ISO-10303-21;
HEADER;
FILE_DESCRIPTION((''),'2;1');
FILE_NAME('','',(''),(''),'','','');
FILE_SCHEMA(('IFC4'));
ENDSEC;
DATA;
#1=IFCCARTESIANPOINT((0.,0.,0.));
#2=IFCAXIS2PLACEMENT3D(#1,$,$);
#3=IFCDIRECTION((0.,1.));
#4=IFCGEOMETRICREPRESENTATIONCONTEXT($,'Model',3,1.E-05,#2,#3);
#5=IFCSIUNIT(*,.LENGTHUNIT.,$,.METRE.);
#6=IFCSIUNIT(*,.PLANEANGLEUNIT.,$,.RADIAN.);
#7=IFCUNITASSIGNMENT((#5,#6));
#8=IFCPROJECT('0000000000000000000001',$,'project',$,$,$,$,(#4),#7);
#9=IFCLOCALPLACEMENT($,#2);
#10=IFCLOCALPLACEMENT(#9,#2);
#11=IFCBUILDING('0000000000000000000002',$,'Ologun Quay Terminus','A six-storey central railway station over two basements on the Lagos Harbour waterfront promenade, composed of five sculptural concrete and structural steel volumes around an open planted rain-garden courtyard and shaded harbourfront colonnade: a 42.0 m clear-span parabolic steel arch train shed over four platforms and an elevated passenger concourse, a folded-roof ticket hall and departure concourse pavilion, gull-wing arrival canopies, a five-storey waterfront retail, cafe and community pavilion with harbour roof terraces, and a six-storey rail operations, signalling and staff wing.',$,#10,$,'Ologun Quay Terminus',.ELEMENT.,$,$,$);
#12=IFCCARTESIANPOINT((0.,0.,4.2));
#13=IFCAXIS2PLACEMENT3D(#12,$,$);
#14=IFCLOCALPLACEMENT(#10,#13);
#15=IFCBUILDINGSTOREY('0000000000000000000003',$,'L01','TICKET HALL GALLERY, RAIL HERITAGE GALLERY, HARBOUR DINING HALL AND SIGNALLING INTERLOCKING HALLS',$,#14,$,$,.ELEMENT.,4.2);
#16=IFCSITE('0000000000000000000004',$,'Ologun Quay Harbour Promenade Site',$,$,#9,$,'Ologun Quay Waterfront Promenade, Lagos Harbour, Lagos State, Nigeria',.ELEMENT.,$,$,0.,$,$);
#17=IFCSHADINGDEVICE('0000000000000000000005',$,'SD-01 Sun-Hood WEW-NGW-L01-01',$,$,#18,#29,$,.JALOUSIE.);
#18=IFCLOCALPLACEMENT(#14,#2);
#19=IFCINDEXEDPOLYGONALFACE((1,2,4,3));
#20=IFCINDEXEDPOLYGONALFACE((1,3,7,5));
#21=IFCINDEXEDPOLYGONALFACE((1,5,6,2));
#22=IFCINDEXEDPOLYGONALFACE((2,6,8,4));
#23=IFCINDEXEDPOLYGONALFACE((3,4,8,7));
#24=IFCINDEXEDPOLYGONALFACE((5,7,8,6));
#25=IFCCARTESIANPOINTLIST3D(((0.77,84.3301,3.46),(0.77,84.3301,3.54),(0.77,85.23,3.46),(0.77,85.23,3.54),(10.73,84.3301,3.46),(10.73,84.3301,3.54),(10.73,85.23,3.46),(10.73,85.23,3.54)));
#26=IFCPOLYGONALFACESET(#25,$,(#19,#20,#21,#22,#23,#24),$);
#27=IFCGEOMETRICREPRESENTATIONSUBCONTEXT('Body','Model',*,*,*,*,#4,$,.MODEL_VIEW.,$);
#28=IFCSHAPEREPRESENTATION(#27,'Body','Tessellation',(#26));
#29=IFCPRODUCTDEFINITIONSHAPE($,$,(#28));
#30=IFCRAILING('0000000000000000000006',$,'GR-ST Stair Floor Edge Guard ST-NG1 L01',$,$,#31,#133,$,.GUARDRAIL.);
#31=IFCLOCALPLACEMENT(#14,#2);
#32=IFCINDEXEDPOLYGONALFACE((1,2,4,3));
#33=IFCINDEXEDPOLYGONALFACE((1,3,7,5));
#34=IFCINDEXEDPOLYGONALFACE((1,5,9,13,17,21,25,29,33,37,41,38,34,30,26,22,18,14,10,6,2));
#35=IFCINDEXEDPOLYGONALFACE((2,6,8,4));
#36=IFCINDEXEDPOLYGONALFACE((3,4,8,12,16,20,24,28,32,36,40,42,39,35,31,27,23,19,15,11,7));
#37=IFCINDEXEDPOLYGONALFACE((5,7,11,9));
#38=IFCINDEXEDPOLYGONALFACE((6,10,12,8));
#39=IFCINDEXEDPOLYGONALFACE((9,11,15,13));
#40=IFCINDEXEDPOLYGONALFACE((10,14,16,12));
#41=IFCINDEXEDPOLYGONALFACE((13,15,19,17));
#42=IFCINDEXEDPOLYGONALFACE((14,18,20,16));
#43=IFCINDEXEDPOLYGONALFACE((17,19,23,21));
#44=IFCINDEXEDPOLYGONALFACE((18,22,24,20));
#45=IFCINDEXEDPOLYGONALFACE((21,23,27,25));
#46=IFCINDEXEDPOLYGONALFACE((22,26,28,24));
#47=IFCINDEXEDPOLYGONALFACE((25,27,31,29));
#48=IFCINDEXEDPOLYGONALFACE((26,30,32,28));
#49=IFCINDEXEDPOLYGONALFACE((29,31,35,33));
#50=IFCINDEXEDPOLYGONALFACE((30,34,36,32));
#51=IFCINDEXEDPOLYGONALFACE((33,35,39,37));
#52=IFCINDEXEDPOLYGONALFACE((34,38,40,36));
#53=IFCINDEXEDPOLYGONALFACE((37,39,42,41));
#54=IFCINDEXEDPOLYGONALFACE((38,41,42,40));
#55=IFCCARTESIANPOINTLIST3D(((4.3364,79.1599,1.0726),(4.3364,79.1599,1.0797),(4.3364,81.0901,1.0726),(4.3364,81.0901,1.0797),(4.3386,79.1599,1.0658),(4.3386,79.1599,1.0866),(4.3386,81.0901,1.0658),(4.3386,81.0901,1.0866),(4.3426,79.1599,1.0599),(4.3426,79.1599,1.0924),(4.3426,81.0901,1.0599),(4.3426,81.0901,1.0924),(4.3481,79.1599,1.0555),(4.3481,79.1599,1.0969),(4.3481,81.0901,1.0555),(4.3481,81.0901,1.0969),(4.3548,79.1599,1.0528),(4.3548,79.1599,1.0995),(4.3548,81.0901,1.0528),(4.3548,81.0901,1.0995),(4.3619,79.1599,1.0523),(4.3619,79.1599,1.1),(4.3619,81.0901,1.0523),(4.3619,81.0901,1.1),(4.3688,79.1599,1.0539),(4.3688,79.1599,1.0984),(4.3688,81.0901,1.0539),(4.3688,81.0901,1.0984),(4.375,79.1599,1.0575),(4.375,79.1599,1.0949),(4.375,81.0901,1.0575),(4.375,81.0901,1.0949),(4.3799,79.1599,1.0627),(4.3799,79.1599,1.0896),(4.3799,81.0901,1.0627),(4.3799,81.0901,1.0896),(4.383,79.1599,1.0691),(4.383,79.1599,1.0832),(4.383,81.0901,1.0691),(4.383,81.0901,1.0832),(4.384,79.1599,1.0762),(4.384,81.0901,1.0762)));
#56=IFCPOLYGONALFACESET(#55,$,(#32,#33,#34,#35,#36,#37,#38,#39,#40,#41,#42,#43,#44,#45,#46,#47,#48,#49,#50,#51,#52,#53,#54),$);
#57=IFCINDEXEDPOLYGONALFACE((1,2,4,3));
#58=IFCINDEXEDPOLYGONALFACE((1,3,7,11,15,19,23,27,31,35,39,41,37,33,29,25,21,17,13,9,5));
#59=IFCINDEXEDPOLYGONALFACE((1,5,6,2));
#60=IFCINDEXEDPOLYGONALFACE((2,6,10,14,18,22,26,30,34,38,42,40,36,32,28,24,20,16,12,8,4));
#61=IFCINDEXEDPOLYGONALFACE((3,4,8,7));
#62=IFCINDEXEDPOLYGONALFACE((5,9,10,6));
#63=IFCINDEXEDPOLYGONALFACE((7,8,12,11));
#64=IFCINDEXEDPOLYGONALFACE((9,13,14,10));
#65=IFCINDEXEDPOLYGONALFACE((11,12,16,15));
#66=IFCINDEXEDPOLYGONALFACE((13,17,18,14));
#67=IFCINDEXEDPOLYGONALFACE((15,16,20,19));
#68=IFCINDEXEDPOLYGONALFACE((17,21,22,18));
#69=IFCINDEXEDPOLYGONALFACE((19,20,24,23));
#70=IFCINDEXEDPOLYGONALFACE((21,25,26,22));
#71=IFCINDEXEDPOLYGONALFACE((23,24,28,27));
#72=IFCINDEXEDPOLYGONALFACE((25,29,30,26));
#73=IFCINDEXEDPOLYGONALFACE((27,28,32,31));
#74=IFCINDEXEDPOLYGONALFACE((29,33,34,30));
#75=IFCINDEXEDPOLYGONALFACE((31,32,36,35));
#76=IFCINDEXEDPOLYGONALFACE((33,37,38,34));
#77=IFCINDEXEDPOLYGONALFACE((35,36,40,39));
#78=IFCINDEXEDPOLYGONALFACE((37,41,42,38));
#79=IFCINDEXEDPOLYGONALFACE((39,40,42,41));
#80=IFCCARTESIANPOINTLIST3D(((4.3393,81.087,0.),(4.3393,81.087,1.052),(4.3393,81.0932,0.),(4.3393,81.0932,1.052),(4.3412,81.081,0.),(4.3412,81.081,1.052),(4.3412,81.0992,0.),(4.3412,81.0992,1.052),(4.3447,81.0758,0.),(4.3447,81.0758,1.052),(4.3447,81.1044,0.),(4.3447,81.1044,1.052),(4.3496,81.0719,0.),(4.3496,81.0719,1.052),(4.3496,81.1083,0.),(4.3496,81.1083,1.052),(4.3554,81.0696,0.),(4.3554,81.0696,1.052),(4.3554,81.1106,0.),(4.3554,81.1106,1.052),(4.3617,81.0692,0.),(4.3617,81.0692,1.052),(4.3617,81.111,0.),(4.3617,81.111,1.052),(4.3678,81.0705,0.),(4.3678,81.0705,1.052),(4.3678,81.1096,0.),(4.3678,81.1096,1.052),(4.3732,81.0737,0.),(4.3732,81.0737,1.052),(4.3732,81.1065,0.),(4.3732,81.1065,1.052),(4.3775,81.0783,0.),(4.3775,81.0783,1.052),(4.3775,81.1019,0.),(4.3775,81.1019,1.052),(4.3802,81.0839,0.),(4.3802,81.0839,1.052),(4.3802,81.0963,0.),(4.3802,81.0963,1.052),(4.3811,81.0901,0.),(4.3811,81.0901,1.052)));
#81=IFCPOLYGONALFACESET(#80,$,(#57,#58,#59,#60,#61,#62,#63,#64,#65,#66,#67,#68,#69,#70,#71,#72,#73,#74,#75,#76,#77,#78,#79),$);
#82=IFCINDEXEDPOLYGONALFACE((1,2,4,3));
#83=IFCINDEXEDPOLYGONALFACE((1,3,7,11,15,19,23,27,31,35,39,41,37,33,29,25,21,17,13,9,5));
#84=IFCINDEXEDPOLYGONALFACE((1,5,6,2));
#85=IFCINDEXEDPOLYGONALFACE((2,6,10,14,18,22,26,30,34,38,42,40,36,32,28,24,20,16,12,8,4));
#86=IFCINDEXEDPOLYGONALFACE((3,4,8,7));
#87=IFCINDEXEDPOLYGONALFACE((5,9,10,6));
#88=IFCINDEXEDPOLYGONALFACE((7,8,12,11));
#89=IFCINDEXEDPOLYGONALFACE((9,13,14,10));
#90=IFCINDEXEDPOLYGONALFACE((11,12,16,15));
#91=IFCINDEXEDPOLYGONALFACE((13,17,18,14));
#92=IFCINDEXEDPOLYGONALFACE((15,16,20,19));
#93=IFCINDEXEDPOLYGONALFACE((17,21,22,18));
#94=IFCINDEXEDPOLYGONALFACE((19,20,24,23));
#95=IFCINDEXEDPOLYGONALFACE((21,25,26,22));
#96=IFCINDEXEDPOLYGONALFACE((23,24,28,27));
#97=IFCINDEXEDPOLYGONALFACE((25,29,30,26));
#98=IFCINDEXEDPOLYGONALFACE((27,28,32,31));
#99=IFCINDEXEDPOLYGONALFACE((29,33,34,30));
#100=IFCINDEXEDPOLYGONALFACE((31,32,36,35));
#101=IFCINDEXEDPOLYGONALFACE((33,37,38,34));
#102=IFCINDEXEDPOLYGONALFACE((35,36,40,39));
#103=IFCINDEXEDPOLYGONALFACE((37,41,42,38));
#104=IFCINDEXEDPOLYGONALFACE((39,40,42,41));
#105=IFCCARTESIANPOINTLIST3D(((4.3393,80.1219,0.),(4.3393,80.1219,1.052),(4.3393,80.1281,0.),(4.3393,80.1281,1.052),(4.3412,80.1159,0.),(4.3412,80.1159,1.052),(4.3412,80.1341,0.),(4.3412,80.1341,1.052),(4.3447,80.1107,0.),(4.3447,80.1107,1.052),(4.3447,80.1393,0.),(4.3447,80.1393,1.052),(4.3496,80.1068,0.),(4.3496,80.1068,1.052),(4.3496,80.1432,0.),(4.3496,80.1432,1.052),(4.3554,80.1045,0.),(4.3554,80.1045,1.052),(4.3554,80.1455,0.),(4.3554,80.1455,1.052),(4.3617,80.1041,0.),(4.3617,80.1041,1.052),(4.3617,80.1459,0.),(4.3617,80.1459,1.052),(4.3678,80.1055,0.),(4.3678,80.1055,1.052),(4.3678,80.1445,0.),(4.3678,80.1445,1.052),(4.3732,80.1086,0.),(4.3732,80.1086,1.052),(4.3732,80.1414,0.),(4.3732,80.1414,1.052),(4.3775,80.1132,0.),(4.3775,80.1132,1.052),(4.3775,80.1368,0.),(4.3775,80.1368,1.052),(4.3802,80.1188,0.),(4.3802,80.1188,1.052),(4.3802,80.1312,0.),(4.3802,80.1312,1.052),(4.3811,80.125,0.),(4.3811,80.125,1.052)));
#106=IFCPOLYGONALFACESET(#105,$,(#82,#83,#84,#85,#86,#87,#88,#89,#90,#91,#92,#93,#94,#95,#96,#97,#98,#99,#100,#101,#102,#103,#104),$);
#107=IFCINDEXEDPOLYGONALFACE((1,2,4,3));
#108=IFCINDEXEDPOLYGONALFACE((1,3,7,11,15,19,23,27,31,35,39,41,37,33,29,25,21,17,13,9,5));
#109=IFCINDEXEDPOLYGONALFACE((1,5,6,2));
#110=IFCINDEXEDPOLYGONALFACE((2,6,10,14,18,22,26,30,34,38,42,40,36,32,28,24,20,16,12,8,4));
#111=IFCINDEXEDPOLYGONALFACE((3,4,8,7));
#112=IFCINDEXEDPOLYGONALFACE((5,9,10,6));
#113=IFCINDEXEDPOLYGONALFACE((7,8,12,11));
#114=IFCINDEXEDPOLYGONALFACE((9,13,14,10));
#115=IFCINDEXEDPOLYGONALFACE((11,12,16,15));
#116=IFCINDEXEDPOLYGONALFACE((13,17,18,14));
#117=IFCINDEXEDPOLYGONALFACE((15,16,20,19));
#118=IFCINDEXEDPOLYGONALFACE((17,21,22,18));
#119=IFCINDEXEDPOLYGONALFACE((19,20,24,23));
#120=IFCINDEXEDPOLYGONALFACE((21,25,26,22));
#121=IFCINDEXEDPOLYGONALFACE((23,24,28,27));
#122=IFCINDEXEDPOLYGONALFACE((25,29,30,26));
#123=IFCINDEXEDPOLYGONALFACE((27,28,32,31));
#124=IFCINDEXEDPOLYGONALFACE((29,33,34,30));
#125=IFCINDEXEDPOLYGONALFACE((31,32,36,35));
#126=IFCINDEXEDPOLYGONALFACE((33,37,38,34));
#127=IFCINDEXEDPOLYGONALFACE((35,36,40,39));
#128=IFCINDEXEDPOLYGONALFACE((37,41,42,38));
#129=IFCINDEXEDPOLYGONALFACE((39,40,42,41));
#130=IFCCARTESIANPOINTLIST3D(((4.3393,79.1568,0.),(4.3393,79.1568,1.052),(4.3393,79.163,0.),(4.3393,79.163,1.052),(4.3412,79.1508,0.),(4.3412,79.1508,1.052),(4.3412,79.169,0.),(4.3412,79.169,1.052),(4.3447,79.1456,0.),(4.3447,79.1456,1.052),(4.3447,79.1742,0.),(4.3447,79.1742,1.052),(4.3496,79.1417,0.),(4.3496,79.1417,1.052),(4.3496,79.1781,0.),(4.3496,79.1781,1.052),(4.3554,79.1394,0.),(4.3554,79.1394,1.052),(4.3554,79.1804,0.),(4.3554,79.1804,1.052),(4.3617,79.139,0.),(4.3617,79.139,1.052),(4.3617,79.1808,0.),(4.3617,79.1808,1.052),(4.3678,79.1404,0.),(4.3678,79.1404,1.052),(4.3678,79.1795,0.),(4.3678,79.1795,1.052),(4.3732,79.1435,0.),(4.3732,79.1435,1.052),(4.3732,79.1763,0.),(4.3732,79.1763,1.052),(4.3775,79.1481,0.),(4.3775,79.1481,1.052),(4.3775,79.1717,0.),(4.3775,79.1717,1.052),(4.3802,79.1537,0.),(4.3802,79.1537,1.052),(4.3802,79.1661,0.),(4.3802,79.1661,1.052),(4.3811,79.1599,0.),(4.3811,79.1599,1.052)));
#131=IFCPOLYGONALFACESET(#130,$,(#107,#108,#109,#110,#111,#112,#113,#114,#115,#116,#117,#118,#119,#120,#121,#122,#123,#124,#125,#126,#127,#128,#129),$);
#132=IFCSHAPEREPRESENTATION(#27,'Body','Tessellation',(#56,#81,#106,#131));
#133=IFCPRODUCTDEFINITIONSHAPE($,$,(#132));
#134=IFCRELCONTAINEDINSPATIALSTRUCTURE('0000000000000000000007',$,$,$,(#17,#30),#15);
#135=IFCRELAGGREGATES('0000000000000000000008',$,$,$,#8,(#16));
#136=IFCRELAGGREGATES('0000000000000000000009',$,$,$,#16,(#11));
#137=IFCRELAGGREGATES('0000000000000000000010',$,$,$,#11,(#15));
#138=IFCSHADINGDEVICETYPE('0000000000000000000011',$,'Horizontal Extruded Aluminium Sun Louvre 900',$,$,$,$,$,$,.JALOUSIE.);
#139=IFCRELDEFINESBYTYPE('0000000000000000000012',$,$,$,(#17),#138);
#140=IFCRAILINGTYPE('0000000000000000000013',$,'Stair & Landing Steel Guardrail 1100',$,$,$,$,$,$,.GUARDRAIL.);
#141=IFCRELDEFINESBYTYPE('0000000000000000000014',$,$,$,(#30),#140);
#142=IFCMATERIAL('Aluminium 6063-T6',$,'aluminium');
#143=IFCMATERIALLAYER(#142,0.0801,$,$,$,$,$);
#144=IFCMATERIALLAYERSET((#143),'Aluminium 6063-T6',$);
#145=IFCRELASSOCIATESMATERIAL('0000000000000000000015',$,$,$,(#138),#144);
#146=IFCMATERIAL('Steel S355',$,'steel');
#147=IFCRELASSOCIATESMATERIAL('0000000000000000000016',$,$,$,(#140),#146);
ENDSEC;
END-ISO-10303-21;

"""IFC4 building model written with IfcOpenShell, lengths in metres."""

from ifc_helpers import new_model, si_unit, direction, frame, origin, origin_2d, place, context, subcontext, project, spatial, rectangle, circle, extrude, material, layer, layer_set, type_object, element, save


model = new_model("IFC4")

# Units and contexts
model_context = context("Model", 3, precision=1e-05, world=origin(), true_north=direction((0.0, 1.0)))
body_context = subcontext(model_context, "Body", "Model", "MODEL_VIEW")
ifc_project = project(units=[si_unit("LENGTHUNIT", "METRE"), si_unit("PLANEANGLEUNIT", "RADIAN")], contexts=[model_context])

# Site, building, storey
site_placement = place(None, origin())
site = spatial("IfcSite", under=ifc_project, at=site_placement, Name="Ologun Quay Harbour Promenade Site", LongName="Ologun Quay Waterfront Promenade, Lagos Harbour, Lagos State, Nigeria", CompositionType="ELEMENT", RefElevation=0.0)
building_placement = place(site_placement, origin())
building = spatial("IfcBuilding", under=site, at=building_placement, Name="Ologun Quay Terminus", Description="A six-storey central railway station over two basements on the Lagos Harbour waterfront promenade, composed of five sculptural concrete and structural steel volumes around an open planted rain-garden courtyard and shaded harbourfront colonnade: a 42.0 m clear-span parabolic steel arch train shed over four platforms and an elevated passenger concourse, a folded-roof ticket hall and departure concourse pavilion, gull-wing arrival canopies, a five-storey waterfront retail, cafe and community pavilion with harbour roof terraces, and a six-storey rail operations, signalling and staff wing.", LongName="Ologun Quay Terminus", CompositionType="ELEMENT")
storey_placement = place(building_placement, frame((0.0, 0.0, 4.2)))
storey = spatial("IfcBuildingStorey", under=building, at=storey_placement, Name="L01", Description="TICKET HALL GALLERY, RAIL HERITAGE GALLERY, HARBOUR DINING HALL AND SIGNALLING INTERLOCKING HALLS", CompositionType="ELEMENT", Elevation=4.2)

# Shading device
ifc_material_1 = material(Name="Aluminium 6063-T6", Category="aluminium")
ifc_layer_1 = layer(ifc_material_1, 0.0801)
ifc_layer_set_1 = layer_set([ifc_layer_1], Name="Aluminium 6063-T6")
shading_device_type_1 = type_object("IfcShadingDeviceType", Name="Horizontal Extruded Aluminium Sun Louvre 900", PredefinedType="JALOUSIE", material=ifc_layer_set_1)
shading_device_1_placement = place(storey_placement, frame((5.75, 84.78, 3.46), z_axis=(0.0, 0.0, 1.0), x_axis=(1.0, 0.0, 0.0)))
element("IfcShadingDevice", 1, at=shading_device_1_placement, inside=storey, type_object=shading_device_type_1, Name="SD-01 Sun-Hood WEW-NGW-L01-01", PredefinedType="JALOUSIE", context=body_context, shape_type="SweptSolid", body=[
    extrude(rectangle(XDim=9.96, YDim=0.8999, at=origin_2d()), origin(), (0.0, 0.0, 1.0), 0.0801),
])

# Railing
ifc_material_2 = material(Name="Steel S355", Category="steel")
railing_type_1 = type_object("IfcRailingType", Name="Stair & Landing Steel Guardrail 1100", PredefinedType="GUARDRAIL", material=ifc_material_2)
railing_1_placement = place(storey_placement, frame((4.3601, 81.0901, 0.0)))
element("IfcRailing", 2, at=railing_1_placement, inside=storey, type_object=railing_type_1, Name="GR-ST Stair Floor Edge Guard ST-NG1 L01", PredefinedType="GUARDRAIL", context=body_context, shape_type="SweptSolid", body=[
    extrude(circle(Radius=0.0239, at=origin_2d()), frame((0.0, 0.0, 1.0762), z_axis=(0.0, -1.0, 0.0), x_axis=(1.0, 0.0, 0.0)), (0.0, 0.0, 1.0), 1.9302),
    extrude(circle(Radius=0.021, at=origin_2d()), origin(), (0.0, 0.0, 1.0), 1.052),
    extrude(circle(Radius=0.021, at=origin_2d()), frame((0.0, -0.9651, 0.0)), (0.0, 0.0, 1.0), 1.052),
    extrude(circle(Radius=0.021, at=origin_2d()), frame((0.0, -1.9302, 0.0)), (0.0, 0.0, 1.0), 1.052),
])

save(model, "model.ifc")
